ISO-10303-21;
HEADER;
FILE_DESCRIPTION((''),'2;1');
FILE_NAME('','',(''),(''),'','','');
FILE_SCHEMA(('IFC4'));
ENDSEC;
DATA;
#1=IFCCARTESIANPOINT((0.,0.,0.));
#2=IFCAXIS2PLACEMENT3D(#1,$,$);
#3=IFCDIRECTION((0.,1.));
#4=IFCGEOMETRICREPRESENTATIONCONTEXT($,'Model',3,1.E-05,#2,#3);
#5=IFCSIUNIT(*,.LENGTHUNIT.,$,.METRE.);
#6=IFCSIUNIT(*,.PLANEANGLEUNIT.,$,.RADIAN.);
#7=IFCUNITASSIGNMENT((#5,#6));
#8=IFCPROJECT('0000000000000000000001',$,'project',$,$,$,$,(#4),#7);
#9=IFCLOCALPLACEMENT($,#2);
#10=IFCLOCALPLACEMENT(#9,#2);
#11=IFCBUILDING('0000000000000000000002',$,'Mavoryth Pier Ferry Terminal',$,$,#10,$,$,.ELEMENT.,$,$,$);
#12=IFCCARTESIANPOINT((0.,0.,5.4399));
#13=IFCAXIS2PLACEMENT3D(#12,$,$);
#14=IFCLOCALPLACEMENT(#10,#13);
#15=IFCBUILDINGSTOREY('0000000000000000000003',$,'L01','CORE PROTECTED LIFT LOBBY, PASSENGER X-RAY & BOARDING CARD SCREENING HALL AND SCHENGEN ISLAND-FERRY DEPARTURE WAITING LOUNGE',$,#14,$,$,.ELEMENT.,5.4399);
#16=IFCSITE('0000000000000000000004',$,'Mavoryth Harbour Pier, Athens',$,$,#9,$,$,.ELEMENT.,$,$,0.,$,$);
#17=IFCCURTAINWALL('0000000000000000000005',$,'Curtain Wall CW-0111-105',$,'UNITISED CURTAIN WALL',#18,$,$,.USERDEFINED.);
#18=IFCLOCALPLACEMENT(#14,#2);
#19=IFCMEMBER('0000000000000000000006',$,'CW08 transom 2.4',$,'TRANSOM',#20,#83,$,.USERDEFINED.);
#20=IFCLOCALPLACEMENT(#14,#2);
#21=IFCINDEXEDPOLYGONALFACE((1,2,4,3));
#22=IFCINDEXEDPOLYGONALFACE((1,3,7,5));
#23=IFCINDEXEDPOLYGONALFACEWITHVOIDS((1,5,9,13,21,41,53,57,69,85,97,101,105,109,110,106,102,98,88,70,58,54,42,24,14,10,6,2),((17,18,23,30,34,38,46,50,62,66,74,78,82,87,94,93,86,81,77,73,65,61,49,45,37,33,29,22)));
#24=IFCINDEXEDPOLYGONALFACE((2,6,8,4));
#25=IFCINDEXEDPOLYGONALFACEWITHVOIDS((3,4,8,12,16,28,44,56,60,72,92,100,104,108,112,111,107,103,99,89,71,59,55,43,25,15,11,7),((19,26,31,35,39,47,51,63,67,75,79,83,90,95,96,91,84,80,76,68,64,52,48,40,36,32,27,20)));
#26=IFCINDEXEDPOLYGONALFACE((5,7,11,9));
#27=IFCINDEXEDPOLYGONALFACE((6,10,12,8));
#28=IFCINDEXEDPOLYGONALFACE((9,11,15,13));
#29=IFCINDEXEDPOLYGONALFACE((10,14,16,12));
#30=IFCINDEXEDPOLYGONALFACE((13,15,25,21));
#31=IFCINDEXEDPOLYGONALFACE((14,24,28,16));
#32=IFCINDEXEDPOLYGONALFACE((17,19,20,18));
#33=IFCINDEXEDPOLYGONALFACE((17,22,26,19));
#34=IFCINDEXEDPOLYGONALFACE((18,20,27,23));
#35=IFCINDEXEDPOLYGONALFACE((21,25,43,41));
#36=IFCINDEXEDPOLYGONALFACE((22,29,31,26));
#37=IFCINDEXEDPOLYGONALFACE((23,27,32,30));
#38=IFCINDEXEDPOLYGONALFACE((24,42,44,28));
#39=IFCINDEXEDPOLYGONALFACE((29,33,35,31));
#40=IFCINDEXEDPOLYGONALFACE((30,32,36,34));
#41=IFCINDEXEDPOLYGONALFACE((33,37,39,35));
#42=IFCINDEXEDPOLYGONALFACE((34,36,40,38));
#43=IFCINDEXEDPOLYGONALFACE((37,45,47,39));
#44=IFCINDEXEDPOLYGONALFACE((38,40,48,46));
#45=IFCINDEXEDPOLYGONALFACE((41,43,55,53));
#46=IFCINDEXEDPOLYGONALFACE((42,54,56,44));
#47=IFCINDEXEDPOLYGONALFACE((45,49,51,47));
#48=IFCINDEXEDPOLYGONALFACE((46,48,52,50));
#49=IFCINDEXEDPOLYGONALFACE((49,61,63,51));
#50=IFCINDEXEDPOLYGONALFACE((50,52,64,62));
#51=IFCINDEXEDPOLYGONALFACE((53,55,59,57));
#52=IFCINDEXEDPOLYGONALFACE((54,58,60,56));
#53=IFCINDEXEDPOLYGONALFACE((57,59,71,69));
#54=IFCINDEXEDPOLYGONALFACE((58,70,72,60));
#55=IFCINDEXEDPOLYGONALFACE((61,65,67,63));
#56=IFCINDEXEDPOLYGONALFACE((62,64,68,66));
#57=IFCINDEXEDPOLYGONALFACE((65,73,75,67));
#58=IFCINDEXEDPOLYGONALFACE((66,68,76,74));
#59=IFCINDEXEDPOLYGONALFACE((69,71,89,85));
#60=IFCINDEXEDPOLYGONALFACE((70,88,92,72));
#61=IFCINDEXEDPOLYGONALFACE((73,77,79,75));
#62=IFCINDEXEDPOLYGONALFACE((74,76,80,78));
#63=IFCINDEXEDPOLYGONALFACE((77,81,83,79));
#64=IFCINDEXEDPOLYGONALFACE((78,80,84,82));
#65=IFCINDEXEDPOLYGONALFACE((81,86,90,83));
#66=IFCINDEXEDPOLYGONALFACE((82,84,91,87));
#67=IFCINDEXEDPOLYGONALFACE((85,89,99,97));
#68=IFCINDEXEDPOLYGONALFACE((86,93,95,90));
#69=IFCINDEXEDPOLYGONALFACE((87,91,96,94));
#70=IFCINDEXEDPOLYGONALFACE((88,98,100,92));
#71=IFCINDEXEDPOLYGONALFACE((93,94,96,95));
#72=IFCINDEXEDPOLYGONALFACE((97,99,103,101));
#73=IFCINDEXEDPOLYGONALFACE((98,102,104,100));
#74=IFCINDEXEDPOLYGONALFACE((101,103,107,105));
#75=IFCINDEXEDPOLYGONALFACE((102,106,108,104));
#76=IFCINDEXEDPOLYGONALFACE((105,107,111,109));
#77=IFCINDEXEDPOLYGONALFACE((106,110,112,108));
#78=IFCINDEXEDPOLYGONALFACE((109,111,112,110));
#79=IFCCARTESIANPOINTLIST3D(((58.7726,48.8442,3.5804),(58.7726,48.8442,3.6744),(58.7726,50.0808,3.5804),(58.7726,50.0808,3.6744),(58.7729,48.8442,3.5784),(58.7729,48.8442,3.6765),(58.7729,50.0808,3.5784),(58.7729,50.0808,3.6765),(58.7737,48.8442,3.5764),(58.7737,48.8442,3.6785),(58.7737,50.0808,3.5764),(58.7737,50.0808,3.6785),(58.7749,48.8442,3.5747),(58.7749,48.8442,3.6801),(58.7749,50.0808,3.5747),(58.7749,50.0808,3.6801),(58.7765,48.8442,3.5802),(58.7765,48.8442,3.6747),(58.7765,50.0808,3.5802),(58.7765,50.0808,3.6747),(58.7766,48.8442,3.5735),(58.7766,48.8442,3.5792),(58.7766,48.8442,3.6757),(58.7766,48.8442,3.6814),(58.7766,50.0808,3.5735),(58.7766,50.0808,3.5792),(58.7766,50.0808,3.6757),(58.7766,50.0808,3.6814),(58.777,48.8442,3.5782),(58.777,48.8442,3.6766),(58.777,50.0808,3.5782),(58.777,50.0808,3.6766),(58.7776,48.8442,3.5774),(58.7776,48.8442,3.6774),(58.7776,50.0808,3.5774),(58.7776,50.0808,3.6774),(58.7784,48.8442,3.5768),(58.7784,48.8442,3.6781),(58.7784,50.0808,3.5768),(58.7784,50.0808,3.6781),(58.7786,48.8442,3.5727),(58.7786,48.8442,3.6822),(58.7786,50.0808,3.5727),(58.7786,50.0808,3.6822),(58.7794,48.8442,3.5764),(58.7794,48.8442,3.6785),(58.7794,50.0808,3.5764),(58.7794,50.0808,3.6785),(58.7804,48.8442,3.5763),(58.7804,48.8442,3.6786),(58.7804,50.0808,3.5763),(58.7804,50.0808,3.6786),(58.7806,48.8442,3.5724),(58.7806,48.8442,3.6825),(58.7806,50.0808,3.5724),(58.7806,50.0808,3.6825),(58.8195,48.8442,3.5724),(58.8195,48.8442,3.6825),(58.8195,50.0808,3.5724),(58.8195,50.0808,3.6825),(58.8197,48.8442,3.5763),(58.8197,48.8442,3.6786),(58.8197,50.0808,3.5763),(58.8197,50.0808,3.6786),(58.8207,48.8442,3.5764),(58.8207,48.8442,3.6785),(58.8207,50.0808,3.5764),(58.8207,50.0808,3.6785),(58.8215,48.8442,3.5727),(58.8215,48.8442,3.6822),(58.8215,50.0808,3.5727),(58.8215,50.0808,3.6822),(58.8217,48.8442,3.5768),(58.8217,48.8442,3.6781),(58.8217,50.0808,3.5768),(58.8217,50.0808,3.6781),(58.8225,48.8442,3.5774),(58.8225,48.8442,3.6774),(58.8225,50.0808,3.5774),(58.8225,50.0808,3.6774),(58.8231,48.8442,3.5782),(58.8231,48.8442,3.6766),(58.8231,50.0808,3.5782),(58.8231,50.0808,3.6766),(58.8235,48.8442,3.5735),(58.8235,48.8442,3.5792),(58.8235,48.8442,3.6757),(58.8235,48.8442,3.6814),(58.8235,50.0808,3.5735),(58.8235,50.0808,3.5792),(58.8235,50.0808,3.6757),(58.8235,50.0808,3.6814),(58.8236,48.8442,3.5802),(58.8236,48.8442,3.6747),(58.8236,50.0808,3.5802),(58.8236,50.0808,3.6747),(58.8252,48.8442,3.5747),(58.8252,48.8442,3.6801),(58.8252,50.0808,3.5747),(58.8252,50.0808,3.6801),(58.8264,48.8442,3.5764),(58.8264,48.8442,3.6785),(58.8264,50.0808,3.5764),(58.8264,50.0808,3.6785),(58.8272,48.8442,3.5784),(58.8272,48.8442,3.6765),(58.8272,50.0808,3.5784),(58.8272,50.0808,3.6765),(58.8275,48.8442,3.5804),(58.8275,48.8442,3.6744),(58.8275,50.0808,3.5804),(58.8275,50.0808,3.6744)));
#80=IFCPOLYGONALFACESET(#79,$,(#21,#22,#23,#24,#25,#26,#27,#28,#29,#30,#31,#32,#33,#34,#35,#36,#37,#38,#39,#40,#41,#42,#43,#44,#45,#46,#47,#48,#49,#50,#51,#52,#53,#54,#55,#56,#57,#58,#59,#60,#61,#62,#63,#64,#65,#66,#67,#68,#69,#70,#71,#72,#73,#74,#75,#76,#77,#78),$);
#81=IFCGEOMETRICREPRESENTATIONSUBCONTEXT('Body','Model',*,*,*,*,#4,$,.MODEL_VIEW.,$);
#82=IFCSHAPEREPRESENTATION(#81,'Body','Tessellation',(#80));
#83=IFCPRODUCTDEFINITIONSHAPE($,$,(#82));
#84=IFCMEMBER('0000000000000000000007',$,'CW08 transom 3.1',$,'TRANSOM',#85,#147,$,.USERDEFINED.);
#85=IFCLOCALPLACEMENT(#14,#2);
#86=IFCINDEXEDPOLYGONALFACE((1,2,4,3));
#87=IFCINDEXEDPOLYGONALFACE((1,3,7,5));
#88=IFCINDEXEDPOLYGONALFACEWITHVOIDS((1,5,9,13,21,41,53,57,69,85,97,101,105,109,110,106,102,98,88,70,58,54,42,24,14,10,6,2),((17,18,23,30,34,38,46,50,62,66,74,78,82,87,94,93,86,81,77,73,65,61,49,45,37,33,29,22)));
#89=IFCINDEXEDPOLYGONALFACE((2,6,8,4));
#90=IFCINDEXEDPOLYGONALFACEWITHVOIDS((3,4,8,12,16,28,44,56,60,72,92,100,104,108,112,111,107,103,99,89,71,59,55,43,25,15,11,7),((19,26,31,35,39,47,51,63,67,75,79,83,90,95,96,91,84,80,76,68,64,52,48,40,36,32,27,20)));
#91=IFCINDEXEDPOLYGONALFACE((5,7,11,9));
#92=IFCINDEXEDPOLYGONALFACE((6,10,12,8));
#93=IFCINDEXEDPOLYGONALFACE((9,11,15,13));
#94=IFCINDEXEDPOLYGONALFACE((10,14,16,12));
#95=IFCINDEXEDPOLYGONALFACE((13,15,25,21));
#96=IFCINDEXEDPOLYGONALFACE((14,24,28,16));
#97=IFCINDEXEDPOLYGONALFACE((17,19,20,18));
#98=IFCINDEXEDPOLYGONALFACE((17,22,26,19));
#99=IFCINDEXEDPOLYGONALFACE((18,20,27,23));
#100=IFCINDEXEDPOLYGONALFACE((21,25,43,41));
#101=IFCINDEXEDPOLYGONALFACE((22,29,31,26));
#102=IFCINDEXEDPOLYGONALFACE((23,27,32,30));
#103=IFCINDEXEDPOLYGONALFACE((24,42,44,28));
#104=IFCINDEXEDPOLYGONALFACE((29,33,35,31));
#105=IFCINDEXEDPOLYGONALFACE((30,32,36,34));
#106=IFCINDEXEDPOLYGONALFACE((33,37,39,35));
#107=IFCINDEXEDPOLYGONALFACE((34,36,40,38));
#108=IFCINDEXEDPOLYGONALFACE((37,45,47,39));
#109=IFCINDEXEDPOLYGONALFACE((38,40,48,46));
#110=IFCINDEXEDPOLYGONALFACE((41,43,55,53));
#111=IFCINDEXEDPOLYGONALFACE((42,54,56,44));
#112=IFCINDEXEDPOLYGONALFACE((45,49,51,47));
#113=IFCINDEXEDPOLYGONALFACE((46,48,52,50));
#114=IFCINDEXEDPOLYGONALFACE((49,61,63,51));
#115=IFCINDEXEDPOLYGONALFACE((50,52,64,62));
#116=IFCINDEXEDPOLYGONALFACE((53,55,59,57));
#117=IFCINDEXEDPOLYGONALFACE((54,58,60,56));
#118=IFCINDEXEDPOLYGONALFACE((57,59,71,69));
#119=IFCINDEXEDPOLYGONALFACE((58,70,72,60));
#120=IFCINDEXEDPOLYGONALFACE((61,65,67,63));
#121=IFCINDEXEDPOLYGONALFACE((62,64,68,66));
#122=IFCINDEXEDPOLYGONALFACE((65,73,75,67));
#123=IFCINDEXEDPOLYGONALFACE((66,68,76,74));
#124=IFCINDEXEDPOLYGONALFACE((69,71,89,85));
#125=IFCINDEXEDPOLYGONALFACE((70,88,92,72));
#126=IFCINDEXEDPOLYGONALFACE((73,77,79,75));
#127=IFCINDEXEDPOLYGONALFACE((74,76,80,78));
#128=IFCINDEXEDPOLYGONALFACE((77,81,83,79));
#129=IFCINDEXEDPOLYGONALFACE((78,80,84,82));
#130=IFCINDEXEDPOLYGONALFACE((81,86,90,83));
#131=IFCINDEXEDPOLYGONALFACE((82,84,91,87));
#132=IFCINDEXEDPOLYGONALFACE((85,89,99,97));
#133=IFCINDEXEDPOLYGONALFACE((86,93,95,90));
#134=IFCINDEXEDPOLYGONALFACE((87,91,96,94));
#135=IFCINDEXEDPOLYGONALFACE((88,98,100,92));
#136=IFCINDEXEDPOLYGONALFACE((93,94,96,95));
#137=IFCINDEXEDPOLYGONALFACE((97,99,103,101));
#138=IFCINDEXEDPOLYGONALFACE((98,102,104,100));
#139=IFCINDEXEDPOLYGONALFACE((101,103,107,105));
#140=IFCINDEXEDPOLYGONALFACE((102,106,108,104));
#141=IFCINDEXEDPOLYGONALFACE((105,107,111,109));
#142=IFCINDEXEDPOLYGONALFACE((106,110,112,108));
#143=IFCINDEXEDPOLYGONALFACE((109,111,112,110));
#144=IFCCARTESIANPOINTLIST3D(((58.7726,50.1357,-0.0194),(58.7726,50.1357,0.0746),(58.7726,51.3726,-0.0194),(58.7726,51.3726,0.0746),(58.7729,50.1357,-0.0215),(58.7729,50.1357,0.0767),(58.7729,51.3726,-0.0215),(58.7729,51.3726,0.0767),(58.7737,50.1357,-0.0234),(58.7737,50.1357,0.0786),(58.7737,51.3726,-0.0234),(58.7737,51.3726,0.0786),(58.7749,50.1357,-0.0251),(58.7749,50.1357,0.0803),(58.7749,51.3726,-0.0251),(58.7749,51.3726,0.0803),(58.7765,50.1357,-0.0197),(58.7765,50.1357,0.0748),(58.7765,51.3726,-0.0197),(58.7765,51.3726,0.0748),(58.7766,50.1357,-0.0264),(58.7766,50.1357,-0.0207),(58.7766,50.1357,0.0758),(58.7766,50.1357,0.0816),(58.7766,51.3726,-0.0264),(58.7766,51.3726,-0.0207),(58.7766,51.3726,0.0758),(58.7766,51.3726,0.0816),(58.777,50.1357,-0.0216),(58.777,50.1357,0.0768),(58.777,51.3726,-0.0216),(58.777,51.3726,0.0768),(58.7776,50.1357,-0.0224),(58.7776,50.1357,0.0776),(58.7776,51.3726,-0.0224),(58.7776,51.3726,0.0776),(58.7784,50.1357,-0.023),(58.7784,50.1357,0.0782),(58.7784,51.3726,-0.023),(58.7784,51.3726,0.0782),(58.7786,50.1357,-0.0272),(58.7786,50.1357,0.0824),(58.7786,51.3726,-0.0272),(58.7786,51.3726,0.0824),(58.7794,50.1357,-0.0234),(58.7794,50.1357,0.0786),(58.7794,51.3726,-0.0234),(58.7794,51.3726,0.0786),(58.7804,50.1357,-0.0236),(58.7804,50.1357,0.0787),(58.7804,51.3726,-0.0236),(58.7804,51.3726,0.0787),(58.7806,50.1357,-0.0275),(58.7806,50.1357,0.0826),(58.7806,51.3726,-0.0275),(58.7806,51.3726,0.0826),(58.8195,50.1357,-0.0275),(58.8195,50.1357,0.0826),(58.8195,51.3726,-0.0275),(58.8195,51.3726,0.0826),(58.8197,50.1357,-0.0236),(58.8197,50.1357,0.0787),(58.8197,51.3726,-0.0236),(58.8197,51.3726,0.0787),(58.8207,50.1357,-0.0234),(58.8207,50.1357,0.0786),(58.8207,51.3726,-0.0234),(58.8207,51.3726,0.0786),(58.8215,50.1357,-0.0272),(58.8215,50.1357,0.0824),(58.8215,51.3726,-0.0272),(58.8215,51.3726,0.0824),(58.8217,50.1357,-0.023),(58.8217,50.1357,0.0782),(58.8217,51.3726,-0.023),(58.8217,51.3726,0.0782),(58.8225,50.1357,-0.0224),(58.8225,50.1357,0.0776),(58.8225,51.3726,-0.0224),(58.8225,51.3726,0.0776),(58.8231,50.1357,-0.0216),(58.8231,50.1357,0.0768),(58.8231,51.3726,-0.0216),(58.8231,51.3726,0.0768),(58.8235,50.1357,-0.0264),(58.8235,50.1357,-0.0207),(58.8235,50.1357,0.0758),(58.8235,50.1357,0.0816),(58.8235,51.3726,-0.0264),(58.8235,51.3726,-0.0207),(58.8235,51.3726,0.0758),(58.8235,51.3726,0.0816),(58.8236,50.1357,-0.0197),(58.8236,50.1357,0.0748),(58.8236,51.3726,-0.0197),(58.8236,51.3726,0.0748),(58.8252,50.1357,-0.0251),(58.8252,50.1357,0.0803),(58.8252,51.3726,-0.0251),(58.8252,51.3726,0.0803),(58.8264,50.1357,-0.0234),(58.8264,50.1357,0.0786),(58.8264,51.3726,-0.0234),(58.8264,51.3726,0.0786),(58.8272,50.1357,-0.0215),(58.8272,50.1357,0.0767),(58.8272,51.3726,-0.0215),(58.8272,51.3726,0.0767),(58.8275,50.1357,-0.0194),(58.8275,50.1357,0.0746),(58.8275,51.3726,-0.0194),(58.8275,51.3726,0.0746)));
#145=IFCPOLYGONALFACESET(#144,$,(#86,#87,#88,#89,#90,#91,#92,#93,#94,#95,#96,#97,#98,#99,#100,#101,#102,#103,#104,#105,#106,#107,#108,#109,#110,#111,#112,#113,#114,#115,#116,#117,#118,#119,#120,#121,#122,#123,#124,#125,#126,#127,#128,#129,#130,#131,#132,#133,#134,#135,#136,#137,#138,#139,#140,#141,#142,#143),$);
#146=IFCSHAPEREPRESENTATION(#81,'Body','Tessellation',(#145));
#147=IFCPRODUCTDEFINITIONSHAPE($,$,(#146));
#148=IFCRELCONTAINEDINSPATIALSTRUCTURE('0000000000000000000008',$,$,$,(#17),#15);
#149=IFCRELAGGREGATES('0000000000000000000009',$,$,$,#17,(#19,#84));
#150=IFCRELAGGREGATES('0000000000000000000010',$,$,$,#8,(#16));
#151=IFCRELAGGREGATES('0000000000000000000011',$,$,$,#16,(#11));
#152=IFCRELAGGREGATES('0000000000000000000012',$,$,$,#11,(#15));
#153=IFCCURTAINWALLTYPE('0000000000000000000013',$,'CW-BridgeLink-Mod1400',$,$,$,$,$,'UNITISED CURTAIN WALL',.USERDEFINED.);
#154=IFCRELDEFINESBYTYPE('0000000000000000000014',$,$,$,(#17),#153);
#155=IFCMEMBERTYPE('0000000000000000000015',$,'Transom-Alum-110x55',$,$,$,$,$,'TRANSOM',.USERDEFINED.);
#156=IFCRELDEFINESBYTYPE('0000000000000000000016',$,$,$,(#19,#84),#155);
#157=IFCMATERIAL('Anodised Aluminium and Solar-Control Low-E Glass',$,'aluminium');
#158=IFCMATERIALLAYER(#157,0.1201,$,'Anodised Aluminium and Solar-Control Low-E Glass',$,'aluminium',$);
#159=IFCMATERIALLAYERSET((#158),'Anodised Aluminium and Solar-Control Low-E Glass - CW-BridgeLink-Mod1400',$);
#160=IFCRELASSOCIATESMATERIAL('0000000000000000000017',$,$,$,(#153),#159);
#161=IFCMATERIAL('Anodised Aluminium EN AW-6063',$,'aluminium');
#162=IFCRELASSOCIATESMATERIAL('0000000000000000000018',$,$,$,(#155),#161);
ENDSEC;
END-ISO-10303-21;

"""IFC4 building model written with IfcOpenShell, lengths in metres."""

from ifc_helpers import new_model, si_unit, direction, frame, origin, origin_2d, place, context, subcontext, project, spatial, hollow_rectangle, extrude, material, layer, layer_set, material_profile, profile_set, type_object, element, aggregate, save


model = new_model("IFC4")

# Units and contexts
model_context = context("Model", 3, precision=1e-05, world=origin(), true_north=direction((0.0, 1.0)))
body_context = subcontext(model_context, "Body", "Model", "MODEL_VIEW")
ifc_project = project(units=[si_unit("LENGTHUNIT", "METRE"), si_unit("PLANEANGLEUNIT", "RADIAN")], contexts=[model_context])

# Site, building, storey
site_placement = place(None, origin())
site = spatial("IfcSite", under=ifc_project, at=site_placement, Name="Mavoryth Harbour Pier, Athens", CompositionType="ELEMENT", RefElevation=0.0)
building_placement = place(site_placement, origin())
building = spatial("IfcBuilding", under=site, at=building_placement, Name="Mavoryth Pier Ferry Terminal", CompositionType="ELEMENT")
storey_placement = place(building_placement, frame((0.0, 0.0, 5.4399)))
storey = spatial("IfcBuildingStorey", under=building, at=storey_placement, Name="L01", Description="CORE PROTECTED LIFT LOBBY, PASSENGER X-RAY & BOARDING CARD SCREENING HALL AND SCHENGEN ISLAND-FERRY DEPARTURE WAITING LOUNGE", CompositionType="ELEMENT", Elevation=5.4399)

# Curtain wall, members
ifc_material_1 = material(Name="Anodised Aluminium and Solar-Control Low-E Glass", Category="aluminium")
ifc_layer_1 = layer(ifc_material_1, 0.1201, Name="Anodised Aluminium and Solar-Control Low-E Glass", Category="aluminium")
ifc_layer_set_1 = layer_set([ifc_layer_1], Name="Anodised Aluminium and Solar-Control Low-E Glass - CW-BridgeLink-Mod1400")
curtain_wall_type = type_object("IfcCurtainWallType", Name="CW-BridgeLink-Mod1400", ElementType="UNITISED CURTAIN WALL", PredefinedType="USERDEFINED", material=ifc_layer_set_1)
curtain_wall_placement = place(storey_placement, origin())
curtain_wall = element("IfcCurtainWall", 1, at=curtain_wall_placement, inside=storey, type_object=curtain_wall_type, Name="Curtain Wall CW-0111-105", ObjectType="UNITISED CURTAIN WALL", PredefinedType="USERDEFINED")
ifc_material_2 = material(Name="Anodised Aluminium EN AW-6063", Category="aluminium")
ifc_material_profile_1 = material_profile(ifc_material_2, hollow_rectangle(XDim=0.0549, YDim=0.1101, WallThickness=0.0039, InnerFilletRadius=0.0039, OuterFilletRadius=0.0081, at=origin_2d()), Name="AL-TRAN 110x55x4", Category="aluminium")
ifc_profile_set_1 = profile_set([ifc_material_profile_1], Name="Anodised Aluminium EN AW-6063 - AL-TRAN 110x55x4")
member_type_1 = type_object("IfcMemberType", Name="Transom-Alum-110x55", ElementType="TRANSOM", PredefinedType="USERDEFINED", material=ifc_profile_set_1)
member_1_placement = place(storey_placement, frame((58.8, 48.8442, 3.6274), z_axis=(0.0, 1.0, 0.0), x_axis=(-1.0, 0.0, 0.0)))
member_1 = element("IfcMember", 2, at=member_1_placement, type_object=member_type_1, Name="CW08 transom 2.4", ObjectType="TRANSOM", PredefinedType="USERDEFINED", context=body_context, shape_type="SweptSolid", body=[
    extrude(hollow_rectangle(XDim=0.0549, YDim=0.1101, WallThickness=0.0039, InnerFilletRadius=0.0039, OuterFilletRadius=0.0081, at=origin_2d()), origin(), (0.0, 0.0, 1.0), 1.2366),
])
member_2_placement = place(storey_placement, frame((58.8, 50.1357, 0.0276), z_axis=(0.0, 1.0, 0.0), x_axis=(-1.0, 0.0, 0.0)))
member_2 = element("IfcMember", 3, at=member_2_placement, type_object=member_type_1, Name="CW08 transom 3.1", ObjectType="TRANSOM", PredefinedType="USERDEFINED", context=body_context, shape_type="SweptSolid", body=[
    extrude(hollow_rectangle(XDim=0.0549, YDim=0.1101, WallThickness=0.0039, InnerFilletRadius=0.0039, OuterFilletRadius=0.0081, at=origin_2d()), origin(), (0.0, 0.0, 1.0), 1.2368),
])
aggregate(curtain_wall, [member_1, member_2])

save(model, "model.ifc")
